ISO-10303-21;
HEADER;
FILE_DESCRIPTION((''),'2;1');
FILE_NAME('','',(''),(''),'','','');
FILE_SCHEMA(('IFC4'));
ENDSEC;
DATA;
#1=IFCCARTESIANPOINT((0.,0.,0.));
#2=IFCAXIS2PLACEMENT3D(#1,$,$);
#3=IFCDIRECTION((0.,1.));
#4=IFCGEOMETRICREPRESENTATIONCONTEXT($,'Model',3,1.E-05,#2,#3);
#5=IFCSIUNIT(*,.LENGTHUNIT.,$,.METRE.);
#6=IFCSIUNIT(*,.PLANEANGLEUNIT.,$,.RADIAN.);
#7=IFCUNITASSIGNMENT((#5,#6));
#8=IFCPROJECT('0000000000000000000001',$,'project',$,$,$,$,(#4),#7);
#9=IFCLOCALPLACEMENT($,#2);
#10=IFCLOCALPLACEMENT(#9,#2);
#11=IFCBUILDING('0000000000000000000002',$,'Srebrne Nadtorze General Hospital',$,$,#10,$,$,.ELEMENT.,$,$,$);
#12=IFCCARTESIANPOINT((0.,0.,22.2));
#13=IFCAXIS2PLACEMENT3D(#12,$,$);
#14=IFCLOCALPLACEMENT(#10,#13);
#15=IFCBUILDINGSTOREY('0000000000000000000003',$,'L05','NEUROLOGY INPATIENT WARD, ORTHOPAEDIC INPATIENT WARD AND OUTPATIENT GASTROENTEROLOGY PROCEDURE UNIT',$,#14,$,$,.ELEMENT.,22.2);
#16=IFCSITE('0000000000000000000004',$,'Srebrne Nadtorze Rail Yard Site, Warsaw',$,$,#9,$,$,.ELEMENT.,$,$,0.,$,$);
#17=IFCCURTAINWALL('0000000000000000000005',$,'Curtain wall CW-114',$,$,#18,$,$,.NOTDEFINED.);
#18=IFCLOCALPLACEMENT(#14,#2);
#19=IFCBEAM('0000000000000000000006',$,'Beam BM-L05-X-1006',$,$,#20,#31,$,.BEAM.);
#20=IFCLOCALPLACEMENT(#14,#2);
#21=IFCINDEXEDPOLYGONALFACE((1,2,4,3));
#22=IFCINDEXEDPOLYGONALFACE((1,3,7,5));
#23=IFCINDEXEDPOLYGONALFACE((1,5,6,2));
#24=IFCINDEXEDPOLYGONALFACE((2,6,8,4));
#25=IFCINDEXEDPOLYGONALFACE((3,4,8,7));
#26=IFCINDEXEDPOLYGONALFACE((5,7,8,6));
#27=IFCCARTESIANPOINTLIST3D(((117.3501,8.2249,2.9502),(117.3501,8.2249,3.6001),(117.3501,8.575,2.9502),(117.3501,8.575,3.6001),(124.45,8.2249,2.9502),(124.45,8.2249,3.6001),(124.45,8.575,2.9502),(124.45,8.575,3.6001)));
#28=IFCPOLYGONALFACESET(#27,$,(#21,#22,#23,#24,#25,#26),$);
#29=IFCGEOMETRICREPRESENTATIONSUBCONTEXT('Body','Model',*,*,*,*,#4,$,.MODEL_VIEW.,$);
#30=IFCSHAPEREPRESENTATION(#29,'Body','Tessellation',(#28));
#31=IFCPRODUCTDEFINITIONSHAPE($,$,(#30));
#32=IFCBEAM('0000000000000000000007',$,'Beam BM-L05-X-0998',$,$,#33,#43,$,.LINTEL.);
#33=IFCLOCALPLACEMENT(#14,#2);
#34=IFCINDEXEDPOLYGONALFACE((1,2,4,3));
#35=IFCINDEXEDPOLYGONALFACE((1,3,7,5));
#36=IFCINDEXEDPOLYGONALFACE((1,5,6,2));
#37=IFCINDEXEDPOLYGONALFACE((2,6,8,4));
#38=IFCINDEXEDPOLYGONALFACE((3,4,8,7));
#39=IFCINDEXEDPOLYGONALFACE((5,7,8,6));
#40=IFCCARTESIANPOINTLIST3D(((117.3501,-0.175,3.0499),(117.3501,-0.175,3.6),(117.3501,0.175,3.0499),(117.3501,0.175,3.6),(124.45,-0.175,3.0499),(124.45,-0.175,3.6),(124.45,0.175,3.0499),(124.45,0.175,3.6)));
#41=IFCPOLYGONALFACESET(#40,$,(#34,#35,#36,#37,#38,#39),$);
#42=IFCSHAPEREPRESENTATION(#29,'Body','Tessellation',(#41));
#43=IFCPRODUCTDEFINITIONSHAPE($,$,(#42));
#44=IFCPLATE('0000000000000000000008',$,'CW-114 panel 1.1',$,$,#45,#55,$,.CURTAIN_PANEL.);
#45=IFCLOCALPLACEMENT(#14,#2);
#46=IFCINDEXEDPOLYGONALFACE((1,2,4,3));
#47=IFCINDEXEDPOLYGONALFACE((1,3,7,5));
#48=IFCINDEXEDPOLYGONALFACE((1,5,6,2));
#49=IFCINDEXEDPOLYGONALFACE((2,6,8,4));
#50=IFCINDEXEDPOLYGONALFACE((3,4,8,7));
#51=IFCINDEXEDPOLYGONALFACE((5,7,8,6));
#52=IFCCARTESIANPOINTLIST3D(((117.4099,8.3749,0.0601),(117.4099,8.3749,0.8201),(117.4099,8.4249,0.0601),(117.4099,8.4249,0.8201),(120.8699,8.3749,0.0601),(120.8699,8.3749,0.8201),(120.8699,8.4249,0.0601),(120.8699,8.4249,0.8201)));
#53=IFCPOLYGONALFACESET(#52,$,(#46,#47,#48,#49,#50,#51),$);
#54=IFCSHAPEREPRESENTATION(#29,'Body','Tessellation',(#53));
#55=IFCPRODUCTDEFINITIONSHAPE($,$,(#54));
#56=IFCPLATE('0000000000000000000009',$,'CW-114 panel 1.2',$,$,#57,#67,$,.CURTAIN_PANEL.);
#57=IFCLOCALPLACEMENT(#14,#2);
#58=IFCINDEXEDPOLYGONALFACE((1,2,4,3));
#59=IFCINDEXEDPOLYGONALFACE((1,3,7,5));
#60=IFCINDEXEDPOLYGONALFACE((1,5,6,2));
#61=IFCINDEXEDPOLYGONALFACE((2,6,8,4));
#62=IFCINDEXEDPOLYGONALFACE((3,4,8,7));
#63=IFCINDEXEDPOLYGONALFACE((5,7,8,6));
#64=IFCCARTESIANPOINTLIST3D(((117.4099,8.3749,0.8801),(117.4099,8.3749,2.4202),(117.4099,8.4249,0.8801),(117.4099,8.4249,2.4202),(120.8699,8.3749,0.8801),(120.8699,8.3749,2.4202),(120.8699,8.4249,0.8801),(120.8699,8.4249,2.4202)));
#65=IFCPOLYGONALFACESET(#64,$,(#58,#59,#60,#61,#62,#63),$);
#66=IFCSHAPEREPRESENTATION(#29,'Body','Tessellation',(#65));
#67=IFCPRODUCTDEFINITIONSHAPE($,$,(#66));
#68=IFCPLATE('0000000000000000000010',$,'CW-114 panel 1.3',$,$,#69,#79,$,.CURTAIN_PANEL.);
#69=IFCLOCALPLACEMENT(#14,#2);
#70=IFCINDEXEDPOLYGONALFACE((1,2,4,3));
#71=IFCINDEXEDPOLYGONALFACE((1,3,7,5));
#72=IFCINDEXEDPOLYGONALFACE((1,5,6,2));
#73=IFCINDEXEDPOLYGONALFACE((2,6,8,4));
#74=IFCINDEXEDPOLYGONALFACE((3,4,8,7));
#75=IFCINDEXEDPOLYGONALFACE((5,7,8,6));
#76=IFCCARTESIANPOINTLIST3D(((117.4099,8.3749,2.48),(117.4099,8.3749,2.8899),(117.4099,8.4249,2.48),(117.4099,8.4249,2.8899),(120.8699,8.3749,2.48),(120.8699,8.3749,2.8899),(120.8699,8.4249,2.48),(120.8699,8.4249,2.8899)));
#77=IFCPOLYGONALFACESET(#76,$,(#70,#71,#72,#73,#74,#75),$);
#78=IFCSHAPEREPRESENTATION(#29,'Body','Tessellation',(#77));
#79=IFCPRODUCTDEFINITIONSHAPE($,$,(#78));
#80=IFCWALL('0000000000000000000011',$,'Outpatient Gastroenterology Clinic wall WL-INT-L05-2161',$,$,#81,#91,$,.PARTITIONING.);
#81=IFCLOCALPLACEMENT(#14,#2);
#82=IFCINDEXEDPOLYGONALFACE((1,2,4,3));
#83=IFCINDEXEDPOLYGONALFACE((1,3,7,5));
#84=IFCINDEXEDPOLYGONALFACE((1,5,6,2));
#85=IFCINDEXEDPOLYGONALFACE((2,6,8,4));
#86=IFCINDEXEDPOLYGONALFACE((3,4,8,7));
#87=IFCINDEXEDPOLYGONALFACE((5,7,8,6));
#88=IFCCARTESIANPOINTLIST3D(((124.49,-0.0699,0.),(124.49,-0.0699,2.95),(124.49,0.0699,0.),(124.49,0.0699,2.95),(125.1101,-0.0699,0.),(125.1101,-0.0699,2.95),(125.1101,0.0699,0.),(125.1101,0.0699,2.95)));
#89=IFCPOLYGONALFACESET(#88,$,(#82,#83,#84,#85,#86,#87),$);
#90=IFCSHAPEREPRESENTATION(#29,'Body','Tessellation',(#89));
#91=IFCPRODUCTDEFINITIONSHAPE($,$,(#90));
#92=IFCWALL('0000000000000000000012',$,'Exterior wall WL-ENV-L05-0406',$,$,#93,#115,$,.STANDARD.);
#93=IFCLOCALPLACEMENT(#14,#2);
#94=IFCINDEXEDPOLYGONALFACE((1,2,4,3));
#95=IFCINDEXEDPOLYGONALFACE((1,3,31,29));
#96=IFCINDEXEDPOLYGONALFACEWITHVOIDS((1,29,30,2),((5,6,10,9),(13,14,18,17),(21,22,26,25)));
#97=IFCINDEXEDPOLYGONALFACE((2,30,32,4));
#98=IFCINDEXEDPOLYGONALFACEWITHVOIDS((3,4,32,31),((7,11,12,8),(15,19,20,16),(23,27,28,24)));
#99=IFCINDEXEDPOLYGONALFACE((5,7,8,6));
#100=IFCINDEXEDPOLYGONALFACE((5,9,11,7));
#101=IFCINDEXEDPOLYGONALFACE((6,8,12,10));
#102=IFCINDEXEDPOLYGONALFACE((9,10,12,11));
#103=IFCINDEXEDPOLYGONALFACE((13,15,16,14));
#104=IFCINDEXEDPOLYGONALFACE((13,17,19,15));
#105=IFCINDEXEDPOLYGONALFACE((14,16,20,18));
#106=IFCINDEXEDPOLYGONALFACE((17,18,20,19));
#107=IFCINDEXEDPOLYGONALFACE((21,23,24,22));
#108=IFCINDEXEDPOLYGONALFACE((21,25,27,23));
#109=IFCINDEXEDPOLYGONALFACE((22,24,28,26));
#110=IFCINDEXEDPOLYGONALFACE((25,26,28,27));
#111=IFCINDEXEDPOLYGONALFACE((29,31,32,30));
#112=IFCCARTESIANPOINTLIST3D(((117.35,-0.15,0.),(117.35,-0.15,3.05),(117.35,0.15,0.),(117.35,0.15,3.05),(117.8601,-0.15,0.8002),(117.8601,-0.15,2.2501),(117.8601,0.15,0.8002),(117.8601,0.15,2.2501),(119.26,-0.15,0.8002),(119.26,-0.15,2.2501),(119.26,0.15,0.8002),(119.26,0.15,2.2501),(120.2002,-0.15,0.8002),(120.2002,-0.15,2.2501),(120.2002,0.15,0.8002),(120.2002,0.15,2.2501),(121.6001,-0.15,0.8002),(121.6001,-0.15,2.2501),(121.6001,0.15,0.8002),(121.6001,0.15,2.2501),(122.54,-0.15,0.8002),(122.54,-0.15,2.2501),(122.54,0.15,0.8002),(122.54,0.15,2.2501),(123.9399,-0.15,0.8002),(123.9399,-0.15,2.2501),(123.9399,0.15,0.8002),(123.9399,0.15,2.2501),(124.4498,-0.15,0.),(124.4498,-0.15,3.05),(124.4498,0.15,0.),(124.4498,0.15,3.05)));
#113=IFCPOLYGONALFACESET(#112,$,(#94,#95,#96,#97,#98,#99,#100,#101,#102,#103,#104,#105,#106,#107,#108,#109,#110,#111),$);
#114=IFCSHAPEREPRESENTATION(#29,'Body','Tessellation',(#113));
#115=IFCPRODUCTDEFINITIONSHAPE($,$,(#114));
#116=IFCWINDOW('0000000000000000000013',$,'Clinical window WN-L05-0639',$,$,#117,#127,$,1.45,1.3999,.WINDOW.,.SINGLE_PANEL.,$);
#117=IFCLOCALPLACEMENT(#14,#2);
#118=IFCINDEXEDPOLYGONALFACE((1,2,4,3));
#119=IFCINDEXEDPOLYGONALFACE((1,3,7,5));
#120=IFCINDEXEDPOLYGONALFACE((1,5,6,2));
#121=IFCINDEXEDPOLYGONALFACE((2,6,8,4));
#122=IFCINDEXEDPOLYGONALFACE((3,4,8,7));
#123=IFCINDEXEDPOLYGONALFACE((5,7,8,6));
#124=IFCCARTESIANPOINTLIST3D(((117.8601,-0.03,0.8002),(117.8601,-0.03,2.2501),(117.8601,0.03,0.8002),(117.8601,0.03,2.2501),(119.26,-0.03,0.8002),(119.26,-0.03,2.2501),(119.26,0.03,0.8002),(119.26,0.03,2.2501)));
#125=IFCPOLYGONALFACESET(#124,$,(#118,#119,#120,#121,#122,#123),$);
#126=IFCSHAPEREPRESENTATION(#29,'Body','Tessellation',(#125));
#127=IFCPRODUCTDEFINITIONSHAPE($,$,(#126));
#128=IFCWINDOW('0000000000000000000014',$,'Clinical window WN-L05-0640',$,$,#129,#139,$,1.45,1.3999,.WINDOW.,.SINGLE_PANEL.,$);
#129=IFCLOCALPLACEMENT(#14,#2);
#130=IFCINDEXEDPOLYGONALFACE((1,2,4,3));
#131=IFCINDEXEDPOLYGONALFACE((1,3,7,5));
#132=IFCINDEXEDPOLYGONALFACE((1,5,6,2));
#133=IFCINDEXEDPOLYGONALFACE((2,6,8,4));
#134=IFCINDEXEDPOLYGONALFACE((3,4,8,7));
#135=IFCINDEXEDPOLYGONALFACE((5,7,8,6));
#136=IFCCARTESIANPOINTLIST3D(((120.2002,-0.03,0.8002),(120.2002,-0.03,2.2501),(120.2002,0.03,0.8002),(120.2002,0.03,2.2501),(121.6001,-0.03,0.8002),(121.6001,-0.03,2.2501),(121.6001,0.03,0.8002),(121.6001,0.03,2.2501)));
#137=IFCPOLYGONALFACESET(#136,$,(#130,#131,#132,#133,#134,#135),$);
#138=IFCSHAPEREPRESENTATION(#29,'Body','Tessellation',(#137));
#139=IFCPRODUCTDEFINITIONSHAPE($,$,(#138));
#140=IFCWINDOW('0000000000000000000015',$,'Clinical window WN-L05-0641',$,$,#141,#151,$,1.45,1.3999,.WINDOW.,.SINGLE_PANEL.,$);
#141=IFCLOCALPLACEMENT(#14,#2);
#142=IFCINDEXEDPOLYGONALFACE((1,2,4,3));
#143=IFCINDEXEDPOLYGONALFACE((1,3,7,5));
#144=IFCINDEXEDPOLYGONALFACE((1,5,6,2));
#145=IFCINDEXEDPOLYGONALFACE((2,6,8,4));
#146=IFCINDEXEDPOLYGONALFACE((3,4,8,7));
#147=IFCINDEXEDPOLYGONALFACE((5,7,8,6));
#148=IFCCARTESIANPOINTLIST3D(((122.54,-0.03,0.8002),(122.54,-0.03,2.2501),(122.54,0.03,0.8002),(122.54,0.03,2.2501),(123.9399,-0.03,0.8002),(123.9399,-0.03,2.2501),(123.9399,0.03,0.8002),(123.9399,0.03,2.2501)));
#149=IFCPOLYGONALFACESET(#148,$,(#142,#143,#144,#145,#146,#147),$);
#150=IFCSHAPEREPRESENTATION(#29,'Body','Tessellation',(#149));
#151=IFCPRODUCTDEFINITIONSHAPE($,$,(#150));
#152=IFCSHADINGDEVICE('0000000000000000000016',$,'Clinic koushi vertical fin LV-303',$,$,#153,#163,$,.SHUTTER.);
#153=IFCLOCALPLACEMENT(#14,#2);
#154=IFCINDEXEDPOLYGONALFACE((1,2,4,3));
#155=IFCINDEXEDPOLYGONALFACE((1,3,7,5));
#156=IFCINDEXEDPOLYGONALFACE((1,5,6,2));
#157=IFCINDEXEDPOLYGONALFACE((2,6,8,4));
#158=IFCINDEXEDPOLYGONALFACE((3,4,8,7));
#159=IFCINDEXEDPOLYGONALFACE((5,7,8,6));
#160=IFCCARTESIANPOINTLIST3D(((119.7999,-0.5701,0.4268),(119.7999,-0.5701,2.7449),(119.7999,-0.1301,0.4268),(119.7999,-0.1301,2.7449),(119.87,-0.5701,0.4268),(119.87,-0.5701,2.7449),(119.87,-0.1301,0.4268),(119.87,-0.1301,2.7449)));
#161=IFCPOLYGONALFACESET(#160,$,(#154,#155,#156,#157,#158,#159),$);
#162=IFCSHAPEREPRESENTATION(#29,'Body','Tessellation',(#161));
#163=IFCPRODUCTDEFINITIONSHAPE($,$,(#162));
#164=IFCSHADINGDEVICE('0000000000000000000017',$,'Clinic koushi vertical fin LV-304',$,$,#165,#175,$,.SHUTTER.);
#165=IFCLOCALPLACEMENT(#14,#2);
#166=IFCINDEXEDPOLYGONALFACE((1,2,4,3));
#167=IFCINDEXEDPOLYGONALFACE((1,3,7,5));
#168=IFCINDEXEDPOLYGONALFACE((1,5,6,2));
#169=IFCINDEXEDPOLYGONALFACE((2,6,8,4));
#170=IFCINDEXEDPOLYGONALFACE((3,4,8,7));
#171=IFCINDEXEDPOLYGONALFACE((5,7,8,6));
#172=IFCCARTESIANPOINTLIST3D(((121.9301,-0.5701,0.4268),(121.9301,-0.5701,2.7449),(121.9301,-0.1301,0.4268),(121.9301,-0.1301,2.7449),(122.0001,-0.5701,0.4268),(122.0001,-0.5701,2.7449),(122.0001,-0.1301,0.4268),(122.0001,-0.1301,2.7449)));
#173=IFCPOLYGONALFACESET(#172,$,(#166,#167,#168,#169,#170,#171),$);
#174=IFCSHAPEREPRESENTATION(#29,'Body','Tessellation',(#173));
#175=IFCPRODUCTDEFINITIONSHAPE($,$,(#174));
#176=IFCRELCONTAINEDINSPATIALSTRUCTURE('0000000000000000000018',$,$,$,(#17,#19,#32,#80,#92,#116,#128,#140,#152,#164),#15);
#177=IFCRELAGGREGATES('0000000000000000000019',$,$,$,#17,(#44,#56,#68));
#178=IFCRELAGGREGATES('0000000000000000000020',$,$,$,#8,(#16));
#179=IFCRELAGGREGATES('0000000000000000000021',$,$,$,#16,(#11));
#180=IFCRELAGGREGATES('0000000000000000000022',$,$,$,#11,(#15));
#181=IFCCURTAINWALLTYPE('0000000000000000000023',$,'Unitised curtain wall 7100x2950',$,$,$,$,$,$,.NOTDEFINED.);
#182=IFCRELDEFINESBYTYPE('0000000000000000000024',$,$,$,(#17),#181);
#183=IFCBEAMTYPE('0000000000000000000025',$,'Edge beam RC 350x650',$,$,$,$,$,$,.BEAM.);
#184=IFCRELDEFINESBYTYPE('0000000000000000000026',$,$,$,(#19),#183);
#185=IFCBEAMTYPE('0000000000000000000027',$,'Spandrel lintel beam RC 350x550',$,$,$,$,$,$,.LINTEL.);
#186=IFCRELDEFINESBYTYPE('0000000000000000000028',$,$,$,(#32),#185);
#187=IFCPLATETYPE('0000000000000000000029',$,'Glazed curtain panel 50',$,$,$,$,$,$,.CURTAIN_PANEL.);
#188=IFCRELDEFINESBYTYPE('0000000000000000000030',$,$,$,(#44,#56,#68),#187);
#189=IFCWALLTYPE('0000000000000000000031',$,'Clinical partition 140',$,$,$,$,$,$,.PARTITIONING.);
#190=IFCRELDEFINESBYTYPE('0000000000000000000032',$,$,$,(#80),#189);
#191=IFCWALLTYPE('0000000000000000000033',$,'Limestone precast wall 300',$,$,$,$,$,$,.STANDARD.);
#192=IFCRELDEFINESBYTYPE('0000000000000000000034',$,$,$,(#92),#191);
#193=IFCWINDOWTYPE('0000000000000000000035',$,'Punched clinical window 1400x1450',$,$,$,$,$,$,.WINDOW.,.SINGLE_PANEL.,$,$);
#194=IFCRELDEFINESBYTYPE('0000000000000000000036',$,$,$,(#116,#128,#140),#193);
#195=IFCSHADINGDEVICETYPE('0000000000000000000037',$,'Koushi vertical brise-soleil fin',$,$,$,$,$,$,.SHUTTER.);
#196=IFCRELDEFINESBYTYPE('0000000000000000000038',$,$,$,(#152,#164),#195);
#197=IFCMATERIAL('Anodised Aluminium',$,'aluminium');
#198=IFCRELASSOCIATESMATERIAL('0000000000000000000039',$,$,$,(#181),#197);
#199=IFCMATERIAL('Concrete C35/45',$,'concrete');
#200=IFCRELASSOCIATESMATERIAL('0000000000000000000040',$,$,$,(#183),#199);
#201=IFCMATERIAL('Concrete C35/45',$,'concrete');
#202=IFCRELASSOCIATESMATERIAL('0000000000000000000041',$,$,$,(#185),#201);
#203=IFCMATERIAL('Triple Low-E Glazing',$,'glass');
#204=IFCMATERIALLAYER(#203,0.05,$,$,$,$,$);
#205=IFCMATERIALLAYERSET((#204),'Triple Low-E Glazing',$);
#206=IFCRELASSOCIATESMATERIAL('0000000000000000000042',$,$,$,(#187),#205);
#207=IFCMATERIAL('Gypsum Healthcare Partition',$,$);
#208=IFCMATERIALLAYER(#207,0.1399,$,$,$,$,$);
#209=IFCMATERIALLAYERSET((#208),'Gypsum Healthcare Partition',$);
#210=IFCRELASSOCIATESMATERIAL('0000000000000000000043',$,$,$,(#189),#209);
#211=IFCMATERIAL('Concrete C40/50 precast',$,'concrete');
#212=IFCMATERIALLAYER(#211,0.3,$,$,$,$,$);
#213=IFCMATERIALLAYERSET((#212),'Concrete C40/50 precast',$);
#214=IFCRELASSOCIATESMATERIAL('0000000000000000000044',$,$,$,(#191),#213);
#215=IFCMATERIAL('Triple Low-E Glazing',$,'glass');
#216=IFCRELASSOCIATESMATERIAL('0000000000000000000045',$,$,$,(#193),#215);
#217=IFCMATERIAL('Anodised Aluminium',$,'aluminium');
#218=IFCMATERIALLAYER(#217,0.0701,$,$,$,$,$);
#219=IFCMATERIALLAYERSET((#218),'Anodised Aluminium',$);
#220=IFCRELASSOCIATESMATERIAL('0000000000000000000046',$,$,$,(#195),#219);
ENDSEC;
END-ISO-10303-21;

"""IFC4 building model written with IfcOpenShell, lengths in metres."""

from ifc_helpers import new_model, si_unit, direction, frame, frame_2d, origin, origin_2d, place, context, subcontext, project, spatial, rectangle, extrude, material, layer, layer_set, material_profile, profile_set, type_object, element, fill, aggregate, save


model = new_model("IFC4")

# Units and contexts
model_context = context("Model", 3, precision=1e-05, world=origin(), true_north=direction((0.0, 1.0)))
body_context = subcontext(model_context, "Body", "Model", "MODEL_VIEW")
ifc_project = project(units=[si_unit("LENGTHUNIT", "METRE"), si_unit("PLANEANGLEUNIT", "RADIAN")], contexts=[model_context])

# Site, building, storey
site_placement = place(None, origin())
site = spatial("IfcSite", under=ifc_project, at=site_placement, Name="Srebrne Nadtorze Rail Yard Site, Warsaw", CompositionType="ELEMENT", RefElevation=0.0)
building_placement = place(site_placement, origin())
building = spatial("IfcBuilding", under=site, at=building_placement, Name="Srebrne Nadtorze General Hospital", CompositionType="ELEMENT")
storey_placement = place(building_placement, frame((0.0, 0.0, 22.2)))
storey = spatial("IfcBuildingStorey", under=building, at=storey_placement, Name="L05", Description="NEUROLOGY INPATIENT WARD, ORTHOPAEDIC INPATIENT WARD AND OUTPATIENT GASTROENTEROLOGY PROCEDURE UNIT", CompositionType="ELEMENT", Elevation=22.2)

# Curtain wall
ifc_material_1 = material(Name="Anodised Aluminium", Category="aluminium")
curtain_wall_type = type_object("IfcCurtainWallType", Name="Unitised curtain wall 7100x2950", PredefinedType="NOTDEFINED", material=ifc_material_1)
curtain_wall_placement = place(storey_placement, origin())
curtain_wall = element("IfcCurtainWall", 1, at=curtain_wall_placement, inside=storey, type_object=curtain_wall_type, Name="Curtain wall CW-114", PredefinedType="NOTDEFINED")

# Beams
ifc_material_2 = material(Name="Concrete C35/45", Category="concrete")
ifc_material_profile_1 = material_profile(ifc_material_2, rectangle(XDim=0.3501, YDim=0.6499, at=origin_2d()), Name="RC-BM-350x650")
ifc_profile_set_1 = profile_set([ifc_material_profile_1], Name="Concrete C35/45")
beam_type_1 = type_object("IfcBeamType", Name="Edge beam RC 350x650", PredefinedType="BEAM", material=ifc_profile_set_1)
beam_1_placement = place(storey_placement, frame((117.3501, 8.3999, 3.2751), z_axis=(1.0, 0.0, 0.0), x_axis=(0.0, 1.0, 0.0)))
element("IfcBeam", 2, at=beam_1_placement, inside=storey, type_object=beam_type_1, Name="Beam BM-L05-X-1006", PredefinedType="BEAM", context=body_context, shape_type="SweptSolid", body=[
    extrude(rectangle(XDim=0.3501, YDim=0.6499, at=origin_2d()), origin(), (0.0, 0.0, 1.0), 7.0999),
])
ifc_material_3 = material(Name="Concrete C35/45", Category="concrete")
ifc_material_profile_2 = material_profile(ifc_material_3, rectangle(XDim=0.3501, YDim=0.55, at=origin_2d()), Name="RC-BM-350x550")
ifc_profile_set_2 = profile_set([ifc_material_profile_2], Name="Concrete C35/45")
beam_type_2 = type_object("IfcBeamType", Name="Spandrel lintel beam RC 350x550", PredefinedType="LINTEL", material=ifc_profile_set_2)
beam_2_placement = place(storey_placement, frame((117.3501, 0.0, 3.325), z_axis=(1.0, 0.0, 0.0), x_axis=(0.0, 1.0, 0.0)))
element("IfcBeam", 3, at=beam_2_placement, inside=storey, type_object=beam_type_2, Name="Beam BM-L05-X-0998", PredefinedType="LINTEL", context=body_context, shape_type="SweptSolid", body=[
    extrude(rectangle(XDim=0.3501, YDim=0.55, at=origin_2d()), origin(), (0.0, 0.0, 1.0), 7.0999),
])

# Plates
ifc_material_4 = material(Name="Triple Low-E Glazing", Category="glass")
ifc_layer_1 = layer(ifc_material_4, 0.05)
ifc_layer_set_1 = layer_set([ifc_layer_1], Name="Triple Low-E Glazing")
plate_type = type_object("IfcPlateType", Name="Glazed curtain panel 50", PredefinedType="CURTAIN_PANEL", material=ifc_layer_set_1)
plate_1_placement = place(storey_placement, frame((119.1399, 8.3999, 0.0601), z_axis=(0.0, 0.0, 1.0), x_axis=(1.0, 0.0, 0.0)))
plate_1 = element("IfcPlate", 4, at=plate_1_placement, type_object=plate_type, Name="CW-114 panel 1.1", PredefinedType="CURTAIN_PANEL", context=body_context, shape_type="SweptSolid", body=[
    extrude(rectangle(XDim=3.46, YDim=0.05, at=origin_2d()), origin(), (0.0, 0.0, 1.0), 0.76),
])
plate_2_placement = place(storey_placement, frame((119.1399, 8.3999, 0.8801), z_axis=(0.0, 0.0, 1.0), x_axis=(1.0, 0.0, 0.0)))
plate_2 = element("IfcPlate", 5, at=plate_2_placement, type_object=plate_type, Name="CW-114 panel 1.2", PredefinedType="CURTAIN_PANEL", context=body_context, shape_type="SweptSolid", body=[
    extrude(rectangle(XDim=3.46, YDim=0.05, at=origin_2d()), origin(), (0.0, 0.0, 1.0), 1.54),
])
plate_3_placement = place(storey_placement, frame((119.1399, 8.3999, 2.48), z_axis=(0.0, 0.0, 1.0), x_axis=(1.0, 0.0, 0.0)))
plate_3 = element("IfcPlate", 6, at=plate_3_placement, type_object=plate_type, Name="CW-114 panel 1.3", PredefinedType="CURTAIN_PANEL", context=body_context, shape_type="SweptSolid", body=[
    extrude(rectangle(XDim=3.46, YDim=0.05, at=origin_2d()), origin(), (0.0, 0.0, 1.0), 0.4099),
])
aggregate(curtain_wall, [plate_1, plate_2, plate_3])

# Wall
ifc_material_5 = material(Name="Gypsum Healthcare Partition")
ifc_layer_2 = layer(ifc_material_5, 0.1399)
ifc_layer_set_2 = layer_set([ifc_layer_2], Name="Gypsum Healthcare Partition")
wall_type_1 = type_object("IfcWallType", Name="Clinical partition 140", PredefinedType="PARTITIONING", material=ifc_layer_set_2)
wall_1_placement = place(storey_placement, frame((124.49, 0.0, 0.0), z_axis=(0.0, 0.0, 1.0), x_axis=(1.0, 0.0, 0.0)))
element("IfcWall", 7, at=wall_1_placement, inside=storey, type_object=wall_type_1, Name="Outpatient Gastroenterology Clinic wall WL-INT-L05-2161", PredefinedType="PARTITIONING", context=body_context, shape_type="SweptSolid", body=[
    extrude(rectangle(XDim=0.6201, YDim=0.1399, at=frame_2d((0.3101, 0.0))), origin(), (0.0, 0.0, 1.0), 2.95),
])

# Wall, openings, windows
ifc_material_6 = material(Name="Concrete C40/50 precast", Category="concrete")
ifc_layer_3 = layer(ifc_material_6, 0.3)
ifc_layer_set_3 = layer_set([ifc_layer_3], Name="Concrete C40/50 precast")
wall_type_2 = type_object("IfcWallType", Name="Limestone precast wall 300", PredefinedType="STANDARD", material=ifc_layer_set_3)
wall_2_placement = place(storey_placement, frame((117.3501, 0.0, 0.0), z_axis=(0.0, 0.0, 1.0), x_axis=(1.0, 0.0, 0.0)))
wall_2 = element("IfcWall", 8, at=wall_2_placement, inside=storey, type_object=wall_type_2, Name="Exterior wall WL-ENV-L05-0406", PredefinedType="STANDARD", context=body_context, shape_type="SweptSolid", body=[
    extrude(rectangle(XDim=7.0999, YDim=0.3, at=frame_2d((3.5498, 0.0))), origin(), (0.0, 0.0, 1.0), 3.05),
])
opening_1_placement = place(wall_2_placement, frame((0.51, 0.0, 0.8)))
opening_1 = element("IfcOpeningElement", 9, at=opening_1_placement, cuts=wall_2, PredefinedType="OPENING", context=body_context, shape_type="SweptSolid", body=[
    extrude(rectangle(XDim=1.3999, YDim=1.45, at=frame_2d((0.7, 0.7251))), frame((0.0, 0.1621, 0.0), z_axis=(0.0, -1.0, 0.0), x_axis=(1.0, 0.0, 0.0)), (0.0, 0.0, 1.0), 0.324),
])
opening_2_placement = place(wall_2_placement, frame((2.8501, 0.0, 0.8)))
opening_2 = element("IfcOpeningElement", 10, at=opening_2_placement, cuts=wall_2, PredefinedType="OPENING", context=body_context, shape_type="SweptSolid", body=[
    extrude(rectangle(XDim=1.3999, YDim=1.45, at=frame_2d((0.7, 0.7251))), frame((0.0, 0.1621, 0.0), z_axis=(0.0, -1.0, 0.0), x_axis=(1.0, 0.0, 0.0)), (0.0, 0.0, 1.0), 0.324),
])
opening_3_placement = place(wall_2_placement, frame((5.1899, 0.0, 0.8)))
opening_3 = element("IfcOpeningElement", 11, at=opening_3_placement, cuts=wall_2, PredefinedType="OPENING", context=body_context, shape_type="SweptSolid", body=[
    extrude(rectangle(XDim=1.3999, YDim=1.45, at=frame_2d((0.7, 0.7251))), frame((0.0, 0.1621, 0.0), z_axis=(0.0, -1.0, 0.0), x_axis=(1.0, 0.0, 0.0)), (0.0, 0.0, 1.0), 0.324),
])
ifc_material_7 = material(Name="Triple Low-E Glazing", Category="glass")
window_type = type_object("IfcWindowType", Name="Punched clinical window 1400x1450", PartitioningType="SINGLE_PANEL", PredefinedType="WINDOW", material=ifc_material_7)
window_1_placement = place(opening_1_placement, origin())
window_1 = element("IfcWindow", 12, at=window_1_placement, inside=storey, type_object=window_type, Name="Clinical window WN-L05-0639", OverallHeight=1.45, OverallWidth=1.3999, PartitioningType="SINGLE_PANEL", PredefinedType="WINDOW", context=body_context, shape_type="SweptSolid", body=[
    extrude(rectangle(XDim=1.3999, YDim=1.45, at=frame_2d((0.7, 0.7251))), frame((0.0, 0.03, 0.0), z_axis=(0.0, -1.0, 0.0), x_axis=(1.0, 0.0, 0.0)), (0.0, 0.0, 1.0), 0.0601),
])
fill(opening_1, window_1)
window_2_placement = place(opening_2_placement, origin())
window_2 = element("IfcWindow", 13, at=window_2_placement, inside=storey, type_object=window_type, Name="Clinical window WN-L05-0640", OverallHeight=1.45, OverallWidth=1.3999, PartitioningType="SINGLE_PANEL", PredefinedType="WINDOW", context=body_context, shape_type="SweptSolid", body=[
    extrude(rectangle(XDim=1.3999, YDim=1.45, at=frame_2d((0.7, 0.7251))), frame((0.0, 0.03, 0.0), z_axis=(0.0, -1.0, 0.0), x_axis=(1.0, 0.0, 0.0)), (0.0, 0.0, 1.0), 0.0601),
])
fill(opening_2, window_2)
window_3_placement = place(opening_3_placement, origin())
window_3 = element("IfcWindow", 14, at=window_3_placement, inside=storey, type_object=window_type, Name="Clinical window WN-L05-0641", OverallHeight=1.45, OverallWidth=1.3999, PartitioningType="SINGLE_PANEL", PredefinedType="WINDOW", context=body_context, shape_type="SweptSolid", body=[
    extrude(rectangle(XDim=1.3999, YDim=1.45, at=frame_2d((0.7, 0.7251))), frame((0.0, 0.03, 0.0), z_axis=(0.0, -1.0, 0.0), x_axis=(1.0, 0.0, 0.0)), (0.0, 0.0, 1.0), 0.0601),
])
fill(opening_3, window_3)

# Shading devices
ifc_material_8 = material(Name="Anodised Aluminium", Category="aluminium")
ifc_layer_4 = layer(ifc_material_8, 0.0701)
ifc_layer_set_4 = layer_set([ifc_layer_4], Name="Anodised Aluminium")
shading_device_type = type_object("IfcShadingDeviceType", Name="Koushi vertical brise-soleil fin", PredefinedType="SHUTTER", material=ifc_layer_set_4)
for number, where, z_axis, x_axis, name in (
    (15, (119.835, -0.3501, 0.4268), (0.0, 0.0, 1.0), (1.0, 0.0, 0.0), "Clinic koushi vertical fin LV-303"),
    (16, (121.9651, -0.3501, 0.4268), (0.0, 0.0, 1.0), (1.0, 0.0, 0.0), "Clinic koushi vertical fin LV-304"),
):
    element("IfcShadingDevice", number, at=place(storey_placement, frame(where, z_axis=z_axis, x_axis=x_axis)), inside=storey, type_object=shading_device_type, Name=name, PredefinedType="SHUTTER", context=body_context, shape_type="SweptSolid", body=[
        extrude(rectangle(XDim=0.0701, YDim=0.4399, at=origin_2d()), origin(), (0.0, 0.0, 1.0), 2.3181),
    ])

save(model, "model.ifc")
